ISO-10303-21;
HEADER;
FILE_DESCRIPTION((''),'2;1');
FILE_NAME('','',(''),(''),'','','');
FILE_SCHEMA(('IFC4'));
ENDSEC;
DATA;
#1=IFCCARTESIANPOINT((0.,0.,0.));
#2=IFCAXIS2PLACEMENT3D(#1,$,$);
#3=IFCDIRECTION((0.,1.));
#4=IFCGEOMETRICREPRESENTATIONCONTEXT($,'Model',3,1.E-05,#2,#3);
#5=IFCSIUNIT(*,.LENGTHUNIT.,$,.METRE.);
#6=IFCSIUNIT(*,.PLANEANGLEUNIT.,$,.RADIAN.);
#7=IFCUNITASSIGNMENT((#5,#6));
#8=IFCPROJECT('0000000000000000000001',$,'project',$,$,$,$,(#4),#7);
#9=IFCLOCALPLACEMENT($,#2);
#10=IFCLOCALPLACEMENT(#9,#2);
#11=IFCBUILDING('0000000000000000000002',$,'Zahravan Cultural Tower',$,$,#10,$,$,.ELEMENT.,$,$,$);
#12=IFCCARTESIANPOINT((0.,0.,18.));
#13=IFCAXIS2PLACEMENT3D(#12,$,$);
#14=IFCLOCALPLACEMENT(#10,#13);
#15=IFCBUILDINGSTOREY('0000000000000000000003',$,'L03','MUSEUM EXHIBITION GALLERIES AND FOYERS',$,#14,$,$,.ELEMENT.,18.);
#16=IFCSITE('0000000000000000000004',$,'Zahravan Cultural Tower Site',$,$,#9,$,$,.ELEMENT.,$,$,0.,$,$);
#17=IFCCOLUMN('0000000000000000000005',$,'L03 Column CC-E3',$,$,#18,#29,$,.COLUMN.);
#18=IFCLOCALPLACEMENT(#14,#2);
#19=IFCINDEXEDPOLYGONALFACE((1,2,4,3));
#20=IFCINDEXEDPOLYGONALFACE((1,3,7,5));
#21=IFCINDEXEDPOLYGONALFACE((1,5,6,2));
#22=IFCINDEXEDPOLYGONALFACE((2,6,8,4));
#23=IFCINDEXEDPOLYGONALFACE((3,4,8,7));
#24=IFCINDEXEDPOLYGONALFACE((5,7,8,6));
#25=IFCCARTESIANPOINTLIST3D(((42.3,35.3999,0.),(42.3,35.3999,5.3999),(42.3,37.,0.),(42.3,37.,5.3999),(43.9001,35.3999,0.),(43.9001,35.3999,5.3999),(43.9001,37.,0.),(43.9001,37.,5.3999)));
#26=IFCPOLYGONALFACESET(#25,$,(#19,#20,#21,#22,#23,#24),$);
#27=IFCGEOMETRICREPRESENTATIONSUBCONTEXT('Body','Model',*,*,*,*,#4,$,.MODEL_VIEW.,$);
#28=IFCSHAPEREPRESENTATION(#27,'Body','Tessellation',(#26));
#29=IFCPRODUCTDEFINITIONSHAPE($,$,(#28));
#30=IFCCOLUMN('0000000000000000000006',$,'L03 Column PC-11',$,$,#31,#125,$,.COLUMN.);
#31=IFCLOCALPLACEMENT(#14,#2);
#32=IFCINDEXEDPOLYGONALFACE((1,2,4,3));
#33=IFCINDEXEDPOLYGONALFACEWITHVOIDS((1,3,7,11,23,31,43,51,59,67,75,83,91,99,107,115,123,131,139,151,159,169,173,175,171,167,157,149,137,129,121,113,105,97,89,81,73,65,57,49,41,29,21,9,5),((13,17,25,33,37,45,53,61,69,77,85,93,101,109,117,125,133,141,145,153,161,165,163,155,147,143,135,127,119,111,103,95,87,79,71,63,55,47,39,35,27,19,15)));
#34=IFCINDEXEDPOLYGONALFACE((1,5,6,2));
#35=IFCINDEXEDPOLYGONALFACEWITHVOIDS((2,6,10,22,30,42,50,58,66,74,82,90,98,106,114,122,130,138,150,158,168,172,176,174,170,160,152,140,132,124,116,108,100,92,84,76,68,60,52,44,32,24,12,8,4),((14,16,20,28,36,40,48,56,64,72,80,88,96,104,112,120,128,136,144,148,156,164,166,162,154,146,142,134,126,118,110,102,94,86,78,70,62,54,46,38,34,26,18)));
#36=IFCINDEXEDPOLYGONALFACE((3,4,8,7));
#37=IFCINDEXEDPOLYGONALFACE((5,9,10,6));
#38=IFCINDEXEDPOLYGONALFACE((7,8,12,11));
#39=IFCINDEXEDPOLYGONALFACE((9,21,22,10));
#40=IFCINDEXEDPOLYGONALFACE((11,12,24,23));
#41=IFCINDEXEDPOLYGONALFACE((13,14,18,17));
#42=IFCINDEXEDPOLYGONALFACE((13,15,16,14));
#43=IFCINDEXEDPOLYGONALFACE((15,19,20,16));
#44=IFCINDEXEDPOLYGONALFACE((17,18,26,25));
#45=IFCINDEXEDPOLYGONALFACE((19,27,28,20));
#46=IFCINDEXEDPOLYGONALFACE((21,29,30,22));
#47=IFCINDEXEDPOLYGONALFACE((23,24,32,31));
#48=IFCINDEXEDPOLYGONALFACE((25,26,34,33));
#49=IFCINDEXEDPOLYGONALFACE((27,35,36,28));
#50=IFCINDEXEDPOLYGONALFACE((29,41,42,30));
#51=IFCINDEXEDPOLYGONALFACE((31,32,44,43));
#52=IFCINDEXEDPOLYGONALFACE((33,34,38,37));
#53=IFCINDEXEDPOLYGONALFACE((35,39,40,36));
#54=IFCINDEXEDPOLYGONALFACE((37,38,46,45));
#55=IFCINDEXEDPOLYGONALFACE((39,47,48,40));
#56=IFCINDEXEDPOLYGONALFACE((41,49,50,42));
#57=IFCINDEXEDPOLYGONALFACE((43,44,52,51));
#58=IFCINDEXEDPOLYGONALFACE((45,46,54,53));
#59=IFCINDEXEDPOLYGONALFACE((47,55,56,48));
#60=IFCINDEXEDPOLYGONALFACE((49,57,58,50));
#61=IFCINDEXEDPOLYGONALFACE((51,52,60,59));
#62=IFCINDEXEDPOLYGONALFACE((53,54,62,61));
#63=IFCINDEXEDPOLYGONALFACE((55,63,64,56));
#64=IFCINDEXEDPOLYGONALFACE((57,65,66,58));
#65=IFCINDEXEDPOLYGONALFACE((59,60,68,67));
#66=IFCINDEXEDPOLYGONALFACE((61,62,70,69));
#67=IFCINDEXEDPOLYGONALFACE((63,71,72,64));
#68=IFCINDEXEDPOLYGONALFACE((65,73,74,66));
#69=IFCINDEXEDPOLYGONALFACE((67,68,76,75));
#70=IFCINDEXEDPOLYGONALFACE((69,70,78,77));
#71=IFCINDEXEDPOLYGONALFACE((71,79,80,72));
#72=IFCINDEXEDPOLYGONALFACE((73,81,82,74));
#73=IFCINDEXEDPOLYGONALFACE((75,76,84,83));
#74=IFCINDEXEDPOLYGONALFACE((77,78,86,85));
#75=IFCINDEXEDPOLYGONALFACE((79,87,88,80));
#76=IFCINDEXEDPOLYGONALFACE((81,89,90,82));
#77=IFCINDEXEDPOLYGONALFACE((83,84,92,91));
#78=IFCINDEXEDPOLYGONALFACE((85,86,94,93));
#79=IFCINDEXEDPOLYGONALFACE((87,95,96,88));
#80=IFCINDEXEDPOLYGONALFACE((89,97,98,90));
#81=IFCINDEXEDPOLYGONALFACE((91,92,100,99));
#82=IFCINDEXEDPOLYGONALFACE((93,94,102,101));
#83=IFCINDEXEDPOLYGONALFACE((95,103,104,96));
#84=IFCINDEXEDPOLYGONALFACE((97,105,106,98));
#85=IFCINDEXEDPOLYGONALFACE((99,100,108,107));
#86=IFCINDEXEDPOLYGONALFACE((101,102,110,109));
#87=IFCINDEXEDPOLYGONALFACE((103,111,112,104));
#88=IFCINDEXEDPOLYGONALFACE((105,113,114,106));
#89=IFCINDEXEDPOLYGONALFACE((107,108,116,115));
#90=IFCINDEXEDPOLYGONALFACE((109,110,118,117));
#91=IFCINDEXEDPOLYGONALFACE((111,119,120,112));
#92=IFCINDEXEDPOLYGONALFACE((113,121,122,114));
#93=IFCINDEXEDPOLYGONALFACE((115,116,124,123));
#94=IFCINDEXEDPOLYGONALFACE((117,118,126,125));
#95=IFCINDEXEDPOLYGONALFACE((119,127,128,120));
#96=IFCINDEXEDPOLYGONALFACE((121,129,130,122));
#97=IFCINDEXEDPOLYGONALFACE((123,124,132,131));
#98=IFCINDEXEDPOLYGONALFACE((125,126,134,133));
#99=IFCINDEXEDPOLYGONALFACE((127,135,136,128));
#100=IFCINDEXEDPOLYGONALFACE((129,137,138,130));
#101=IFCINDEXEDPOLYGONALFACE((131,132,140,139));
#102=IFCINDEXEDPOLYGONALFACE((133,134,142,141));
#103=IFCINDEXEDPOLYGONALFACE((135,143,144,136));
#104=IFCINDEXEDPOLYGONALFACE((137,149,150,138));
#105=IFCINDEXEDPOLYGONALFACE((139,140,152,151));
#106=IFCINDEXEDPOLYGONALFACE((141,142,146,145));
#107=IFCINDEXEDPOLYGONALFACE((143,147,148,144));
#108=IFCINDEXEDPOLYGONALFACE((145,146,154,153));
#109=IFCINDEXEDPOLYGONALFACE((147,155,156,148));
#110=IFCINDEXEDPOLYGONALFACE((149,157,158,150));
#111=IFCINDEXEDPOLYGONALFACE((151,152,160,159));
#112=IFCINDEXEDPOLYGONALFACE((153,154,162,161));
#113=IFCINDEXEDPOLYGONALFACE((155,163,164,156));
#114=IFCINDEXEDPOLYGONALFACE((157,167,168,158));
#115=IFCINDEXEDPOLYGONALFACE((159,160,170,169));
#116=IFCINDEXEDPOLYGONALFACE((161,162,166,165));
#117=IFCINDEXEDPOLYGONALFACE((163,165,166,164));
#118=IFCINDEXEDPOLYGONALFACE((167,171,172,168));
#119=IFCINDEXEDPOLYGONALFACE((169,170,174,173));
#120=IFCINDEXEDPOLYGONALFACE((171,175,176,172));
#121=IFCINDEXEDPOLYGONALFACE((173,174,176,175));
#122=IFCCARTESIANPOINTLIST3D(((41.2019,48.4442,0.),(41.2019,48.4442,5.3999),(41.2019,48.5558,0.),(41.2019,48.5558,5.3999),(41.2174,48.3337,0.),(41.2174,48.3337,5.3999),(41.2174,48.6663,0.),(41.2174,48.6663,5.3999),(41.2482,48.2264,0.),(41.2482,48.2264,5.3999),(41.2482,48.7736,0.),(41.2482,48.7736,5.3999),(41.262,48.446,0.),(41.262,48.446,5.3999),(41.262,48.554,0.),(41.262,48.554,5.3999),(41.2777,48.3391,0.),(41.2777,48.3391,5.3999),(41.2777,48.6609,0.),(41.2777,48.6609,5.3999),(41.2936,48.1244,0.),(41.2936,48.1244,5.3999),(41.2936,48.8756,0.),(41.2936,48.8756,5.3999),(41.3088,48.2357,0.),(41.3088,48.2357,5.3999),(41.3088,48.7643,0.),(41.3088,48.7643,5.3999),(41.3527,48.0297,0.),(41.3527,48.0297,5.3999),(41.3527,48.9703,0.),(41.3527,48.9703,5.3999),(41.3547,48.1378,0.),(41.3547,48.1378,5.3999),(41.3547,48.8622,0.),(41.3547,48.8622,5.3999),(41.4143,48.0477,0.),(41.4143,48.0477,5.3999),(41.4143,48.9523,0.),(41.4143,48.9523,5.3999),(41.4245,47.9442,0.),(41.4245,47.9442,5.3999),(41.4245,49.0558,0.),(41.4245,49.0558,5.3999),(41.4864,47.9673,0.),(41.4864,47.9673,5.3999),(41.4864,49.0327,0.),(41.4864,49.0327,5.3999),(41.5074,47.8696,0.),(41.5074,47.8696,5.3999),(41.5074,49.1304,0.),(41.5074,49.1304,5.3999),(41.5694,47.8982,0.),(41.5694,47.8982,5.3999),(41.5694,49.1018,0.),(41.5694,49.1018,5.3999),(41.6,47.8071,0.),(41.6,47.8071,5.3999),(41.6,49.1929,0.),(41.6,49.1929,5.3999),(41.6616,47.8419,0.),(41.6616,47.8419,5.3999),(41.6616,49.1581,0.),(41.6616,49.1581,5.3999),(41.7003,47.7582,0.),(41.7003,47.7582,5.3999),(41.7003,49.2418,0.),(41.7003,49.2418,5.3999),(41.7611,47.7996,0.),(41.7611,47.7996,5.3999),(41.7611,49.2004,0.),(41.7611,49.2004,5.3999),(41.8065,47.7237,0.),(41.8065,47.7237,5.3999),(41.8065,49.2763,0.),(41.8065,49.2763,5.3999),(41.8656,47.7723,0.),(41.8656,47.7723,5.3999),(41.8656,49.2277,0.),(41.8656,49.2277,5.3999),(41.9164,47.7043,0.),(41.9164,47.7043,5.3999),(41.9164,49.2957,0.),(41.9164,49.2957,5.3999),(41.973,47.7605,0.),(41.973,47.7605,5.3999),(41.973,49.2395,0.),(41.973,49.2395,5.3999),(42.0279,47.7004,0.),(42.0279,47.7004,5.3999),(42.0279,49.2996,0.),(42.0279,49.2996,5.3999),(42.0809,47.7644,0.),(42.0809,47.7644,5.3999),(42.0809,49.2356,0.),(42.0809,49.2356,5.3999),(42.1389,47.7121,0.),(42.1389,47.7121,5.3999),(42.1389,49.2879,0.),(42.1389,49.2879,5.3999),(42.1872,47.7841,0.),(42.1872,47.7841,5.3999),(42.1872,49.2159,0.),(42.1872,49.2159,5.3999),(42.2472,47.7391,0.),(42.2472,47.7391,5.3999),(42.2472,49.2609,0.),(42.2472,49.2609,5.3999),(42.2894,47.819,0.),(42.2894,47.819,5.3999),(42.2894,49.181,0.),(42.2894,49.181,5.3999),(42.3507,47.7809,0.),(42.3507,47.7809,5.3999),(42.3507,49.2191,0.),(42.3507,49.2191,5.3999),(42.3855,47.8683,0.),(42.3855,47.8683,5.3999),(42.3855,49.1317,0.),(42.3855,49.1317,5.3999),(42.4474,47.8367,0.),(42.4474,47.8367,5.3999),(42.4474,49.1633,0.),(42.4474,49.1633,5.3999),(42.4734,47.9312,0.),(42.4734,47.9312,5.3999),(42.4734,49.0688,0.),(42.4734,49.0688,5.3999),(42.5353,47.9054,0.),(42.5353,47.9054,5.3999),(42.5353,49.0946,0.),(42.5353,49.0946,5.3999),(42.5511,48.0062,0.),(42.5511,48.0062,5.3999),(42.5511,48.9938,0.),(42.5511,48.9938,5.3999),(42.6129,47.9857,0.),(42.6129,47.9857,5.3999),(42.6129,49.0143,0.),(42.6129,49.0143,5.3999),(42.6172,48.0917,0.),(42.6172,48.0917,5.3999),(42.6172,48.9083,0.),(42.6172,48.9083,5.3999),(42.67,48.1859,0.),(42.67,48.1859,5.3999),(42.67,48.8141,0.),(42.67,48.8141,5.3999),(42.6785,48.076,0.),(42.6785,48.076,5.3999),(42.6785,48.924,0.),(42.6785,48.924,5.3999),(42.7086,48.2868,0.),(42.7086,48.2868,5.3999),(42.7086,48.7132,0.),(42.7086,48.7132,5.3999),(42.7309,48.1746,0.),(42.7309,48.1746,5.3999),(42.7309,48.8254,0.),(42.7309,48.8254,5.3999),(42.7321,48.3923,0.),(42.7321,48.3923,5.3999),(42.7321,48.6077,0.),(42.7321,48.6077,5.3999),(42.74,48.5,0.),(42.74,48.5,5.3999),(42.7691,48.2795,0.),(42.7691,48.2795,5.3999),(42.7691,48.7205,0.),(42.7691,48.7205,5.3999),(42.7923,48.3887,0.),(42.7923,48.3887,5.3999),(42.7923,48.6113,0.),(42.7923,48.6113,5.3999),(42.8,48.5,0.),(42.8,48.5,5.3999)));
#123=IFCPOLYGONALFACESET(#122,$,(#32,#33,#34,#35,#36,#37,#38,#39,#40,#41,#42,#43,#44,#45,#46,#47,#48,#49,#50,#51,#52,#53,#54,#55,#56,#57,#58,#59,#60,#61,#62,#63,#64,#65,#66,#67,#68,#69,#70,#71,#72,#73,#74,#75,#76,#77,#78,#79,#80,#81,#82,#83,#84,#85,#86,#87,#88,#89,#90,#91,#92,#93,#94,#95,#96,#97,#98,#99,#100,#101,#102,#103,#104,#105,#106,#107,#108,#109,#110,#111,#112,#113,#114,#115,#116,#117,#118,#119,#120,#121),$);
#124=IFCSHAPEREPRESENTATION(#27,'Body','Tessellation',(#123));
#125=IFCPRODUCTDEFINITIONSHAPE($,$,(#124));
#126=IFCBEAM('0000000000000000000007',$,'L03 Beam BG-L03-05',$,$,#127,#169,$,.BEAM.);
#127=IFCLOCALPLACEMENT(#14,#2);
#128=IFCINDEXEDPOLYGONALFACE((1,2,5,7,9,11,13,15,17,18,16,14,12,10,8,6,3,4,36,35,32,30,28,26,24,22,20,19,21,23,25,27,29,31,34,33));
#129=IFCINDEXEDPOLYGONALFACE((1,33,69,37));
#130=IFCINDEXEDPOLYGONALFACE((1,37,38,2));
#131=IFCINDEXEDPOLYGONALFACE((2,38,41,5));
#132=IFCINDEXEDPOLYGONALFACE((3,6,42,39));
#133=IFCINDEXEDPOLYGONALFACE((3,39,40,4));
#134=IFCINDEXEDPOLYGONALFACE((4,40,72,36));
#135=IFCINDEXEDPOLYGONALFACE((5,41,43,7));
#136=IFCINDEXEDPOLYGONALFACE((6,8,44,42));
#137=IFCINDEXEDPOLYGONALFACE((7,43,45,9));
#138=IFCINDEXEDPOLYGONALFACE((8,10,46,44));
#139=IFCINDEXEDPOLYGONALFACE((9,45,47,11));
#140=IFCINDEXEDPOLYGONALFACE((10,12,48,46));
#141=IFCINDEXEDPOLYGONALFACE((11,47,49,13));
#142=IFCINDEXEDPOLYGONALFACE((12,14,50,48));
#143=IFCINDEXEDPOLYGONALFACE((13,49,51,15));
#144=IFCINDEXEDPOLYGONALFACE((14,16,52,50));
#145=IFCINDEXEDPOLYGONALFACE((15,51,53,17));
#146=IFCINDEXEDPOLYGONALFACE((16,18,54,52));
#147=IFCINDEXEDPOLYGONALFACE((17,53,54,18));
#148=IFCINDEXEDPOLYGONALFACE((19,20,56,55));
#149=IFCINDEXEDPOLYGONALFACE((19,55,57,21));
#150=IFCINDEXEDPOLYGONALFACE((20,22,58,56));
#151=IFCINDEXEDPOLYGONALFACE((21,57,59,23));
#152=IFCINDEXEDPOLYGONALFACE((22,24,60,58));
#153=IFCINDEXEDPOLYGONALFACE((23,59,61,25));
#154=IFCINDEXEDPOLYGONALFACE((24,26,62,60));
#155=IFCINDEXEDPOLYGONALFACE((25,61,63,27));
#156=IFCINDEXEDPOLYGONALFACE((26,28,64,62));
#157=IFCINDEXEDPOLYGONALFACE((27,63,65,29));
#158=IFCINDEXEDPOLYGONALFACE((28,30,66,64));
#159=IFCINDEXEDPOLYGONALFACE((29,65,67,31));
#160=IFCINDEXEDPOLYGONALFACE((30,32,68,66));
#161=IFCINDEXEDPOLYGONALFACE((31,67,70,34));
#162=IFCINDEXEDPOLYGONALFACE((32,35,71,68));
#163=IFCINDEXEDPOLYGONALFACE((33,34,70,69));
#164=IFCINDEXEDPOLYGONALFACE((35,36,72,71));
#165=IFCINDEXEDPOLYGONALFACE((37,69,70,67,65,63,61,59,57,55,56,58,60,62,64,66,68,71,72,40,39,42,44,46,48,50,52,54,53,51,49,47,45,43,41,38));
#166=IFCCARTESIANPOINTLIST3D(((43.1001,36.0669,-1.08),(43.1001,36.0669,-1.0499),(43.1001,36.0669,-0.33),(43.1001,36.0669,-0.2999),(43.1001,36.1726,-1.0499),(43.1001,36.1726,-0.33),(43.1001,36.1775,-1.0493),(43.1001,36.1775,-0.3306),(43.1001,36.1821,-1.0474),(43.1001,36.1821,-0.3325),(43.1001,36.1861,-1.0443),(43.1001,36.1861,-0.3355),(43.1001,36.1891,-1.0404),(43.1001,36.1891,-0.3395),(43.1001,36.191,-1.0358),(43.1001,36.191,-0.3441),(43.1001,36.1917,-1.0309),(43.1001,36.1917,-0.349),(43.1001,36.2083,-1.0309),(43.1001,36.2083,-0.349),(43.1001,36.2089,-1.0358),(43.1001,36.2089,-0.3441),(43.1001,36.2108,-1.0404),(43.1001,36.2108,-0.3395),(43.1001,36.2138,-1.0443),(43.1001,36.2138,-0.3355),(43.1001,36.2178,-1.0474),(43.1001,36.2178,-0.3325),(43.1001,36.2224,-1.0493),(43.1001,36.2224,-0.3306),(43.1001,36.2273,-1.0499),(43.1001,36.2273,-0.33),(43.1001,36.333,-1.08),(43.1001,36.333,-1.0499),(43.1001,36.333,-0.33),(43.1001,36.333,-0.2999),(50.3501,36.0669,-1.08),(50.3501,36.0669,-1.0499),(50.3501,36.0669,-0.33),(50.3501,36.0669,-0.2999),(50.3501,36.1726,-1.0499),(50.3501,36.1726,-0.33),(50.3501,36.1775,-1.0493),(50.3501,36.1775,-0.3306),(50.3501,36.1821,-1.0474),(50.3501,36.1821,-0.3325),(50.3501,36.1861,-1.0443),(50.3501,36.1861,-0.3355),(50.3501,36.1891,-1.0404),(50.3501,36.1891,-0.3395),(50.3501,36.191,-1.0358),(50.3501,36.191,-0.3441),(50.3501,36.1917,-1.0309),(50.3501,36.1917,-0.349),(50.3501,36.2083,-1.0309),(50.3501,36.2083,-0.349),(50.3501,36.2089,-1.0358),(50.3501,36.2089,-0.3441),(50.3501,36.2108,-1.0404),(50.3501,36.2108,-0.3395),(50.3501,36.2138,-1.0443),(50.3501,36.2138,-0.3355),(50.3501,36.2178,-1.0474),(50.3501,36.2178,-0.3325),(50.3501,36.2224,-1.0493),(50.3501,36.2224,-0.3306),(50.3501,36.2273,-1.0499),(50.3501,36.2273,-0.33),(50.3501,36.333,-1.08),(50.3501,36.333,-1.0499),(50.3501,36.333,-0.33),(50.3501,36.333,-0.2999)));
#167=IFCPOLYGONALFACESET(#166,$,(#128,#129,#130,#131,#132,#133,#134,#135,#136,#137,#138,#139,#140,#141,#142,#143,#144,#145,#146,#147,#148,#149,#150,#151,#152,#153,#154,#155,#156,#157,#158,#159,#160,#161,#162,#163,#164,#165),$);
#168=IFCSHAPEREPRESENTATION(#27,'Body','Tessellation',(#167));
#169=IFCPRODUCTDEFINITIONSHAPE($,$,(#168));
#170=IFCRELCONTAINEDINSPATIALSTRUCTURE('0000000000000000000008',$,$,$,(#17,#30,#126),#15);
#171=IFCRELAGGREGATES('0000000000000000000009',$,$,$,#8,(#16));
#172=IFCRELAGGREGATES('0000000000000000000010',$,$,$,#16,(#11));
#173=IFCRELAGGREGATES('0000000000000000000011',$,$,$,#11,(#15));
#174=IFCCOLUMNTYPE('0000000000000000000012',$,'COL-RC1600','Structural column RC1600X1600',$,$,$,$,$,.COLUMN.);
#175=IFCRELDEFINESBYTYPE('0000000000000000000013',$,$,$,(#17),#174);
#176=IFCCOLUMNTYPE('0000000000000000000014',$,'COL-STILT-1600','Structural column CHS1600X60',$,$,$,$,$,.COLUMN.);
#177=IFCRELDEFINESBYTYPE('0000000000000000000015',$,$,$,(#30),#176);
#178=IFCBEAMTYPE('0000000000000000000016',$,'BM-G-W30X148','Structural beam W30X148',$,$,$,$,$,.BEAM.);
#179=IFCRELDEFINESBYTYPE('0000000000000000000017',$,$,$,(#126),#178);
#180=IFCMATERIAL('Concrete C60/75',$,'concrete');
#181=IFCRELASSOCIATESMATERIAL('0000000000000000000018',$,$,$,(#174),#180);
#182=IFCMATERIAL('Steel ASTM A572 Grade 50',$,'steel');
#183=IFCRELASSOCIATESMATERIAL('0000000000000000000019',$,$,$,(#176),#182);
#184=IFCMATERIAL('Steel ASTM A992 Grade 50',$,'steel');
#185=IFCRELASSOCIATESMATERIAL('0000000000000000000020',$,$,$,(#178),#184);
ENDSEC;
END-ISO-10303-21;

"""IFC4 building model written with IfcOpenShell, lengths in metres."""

from ifc_helpers import new_model, si_unit, direction, frame, origin, origin_2d, place, context, subcontext, project, spatial, rectangle, hollow_circle, i_section, extrude, source, transform, mapped, material, material_profile, profile_set, type_object, element, save


model = new_model("IFC4")

# Units and contexts
model_context = context("Model", 3, precision=1e-05, world=origin(), true_north=direction((0.0, 1.0)))
body_context = subcontext(model_context, "Body", "Model", "MODEL_VIEW")
ifc_project = project(units=[si_unit("LENGTHUNIT", "METRE"), si_unit("PLANEANGLEUNIT", "RADIAN")], contexts=[model_context])

# Site, building, storey
site_placement = place(None, origin())
site = spatial("IfcSite", under=ifc_project, at=site_placement, Name="Zahravan Cultural Tower Site", CompositionType="ELEMENT", RefElevation=0.0)
building_placement = place(site_placement, origin())
building = spatial("IfcBuilding", under=site, at=building_placement, Name="Zahravan Cultural Tower", CompositionType="ELEMENT")
storey_placement = place(building_placement, frame((0.0, 0.0, 18.0)))
storey = spatial("IfcBuildingStorey", under=building, at=storey_placement, Name="L03", Description="MUSEUM EXHIBITION GALLERIES AND FOYERS", CompositionType="ELEMENT", Elevation=18.0)

# Columns
ifc_material_1 = material(Name="Concrete C60/75", Category="concrete")
ifc_material_profile_1 = material_profile(ifc_material_1, rectangle(XDim=1.6001, YDim=1.6001, at=origin_2d()), Name="RC1600X1600")
ifc_profile_set_1 = profile_set([ifc_material_profile_1], Name="Concrete C60/75")
column_type_1 = type_object("IfcColumnType", Name="COL-RC1600", Description="Structural column RC1600X1600", PredefinedType="COLUMN", material=ifc_profile_set_1)
shared_shape_1 = source(origin(), body_context, "Body", "SweptSolid", [
    extrude(rectangle(XDim=1.6001, YDim=1.6001, at=origin_2d()), origin(), (0.0, 0.0, 1.0), 5.3999),
])
column_1_placement = place(storey_placement, frame((43.1001, 36.2, 0.0), z_axis=(0.0, 0.0, 1.0), x_axis=(1.0, 0.0, 0.0)))
element("IfcColumn", 1, at=column_1_placement, inside=storey, type_object=column_type_1, Name="L03 Column CC-E3", PredefinedType="COLUMN", context=body_context, shape_type="MappedRepresentation", body=[
    mapped(shared_shape_1, transform((0.0, 0.0, 0.0), x_axis=(1.0, 0.0, 0.0), y_axis=(0.0, 1.0, 0.0), z_axis=(0.0, 0.0, 1.0), scale=1.0)),
])
ifc_material_2 = material(Name="Steel ASTM A572 Grade 50", Category="steel")
ifc_material_profile_2 = material_profile(ifc_material_2, hollow_circle(Radius=0.8, WallThickness=0.0601, at=origin_2d()), Name="CHS1600X60")
ifc_profile_set_2 = profile_set([ifc_material_profile_2], Name="Steel ASTM A572 Grade 50")
column_type_2 = type_object("IfcColumnType", Name="COL-STILT-1600", Description="Structural column CHS1600X60", PredefinedType="COLUMN", material=ifc_profile_set_2)
shared_shape_2 = source(origin(), body_context, "Body", "SweptSolid", [
    extrude(hollow_circle(Radius=0.8, WallThickness=0.0601, at=origin_2d()), origin(), (0.0, 0.0, 1.0), 5.3999),
])
column_2_placement = place(storey_placement, frame((42.0, 48.5, 0.0), z_axis=(0.0, 0.0, 1.0), x_axis=(1.0, 0.0, 0.0)))
element("IfcColumn", 2, at=column_2_placement, inside=storey, type_object=column_type_2, Name="L03 Column PC-11", PredefinedType="COLUMN", context=body_context, shape_type="MappedRepresentation", body=[
    mapped(shared_shape_2, transform((0.0, 0.0, 0.0), x_axis=(1.0, 0.0, 0.0), y_axis=(0.0, 1.0, 0.0), z_axis=(0.0, 0.0, 1.0), scale=1.0)),
])

# Beam
ifc_material_3 = material(Name="Steel ASTM A992 Grade 50", Category="steel")
ifc_material_profile_3 = material_profile(ifc_material_3, i_section(OverallWidth=0.2661, OverallDepth=0.78, WebThickness=0.0166, FlangeThickness=0.03, FilletRadius=0.019, at=origin_2d()), Name="W30X148")
ifc_profile_set_3 = profile_set([ifc_material_profile_3], Name="Steel ASTM A992 Grade 50")
beam_type_1 = type_object("IfcBeamType", Name="BM-G-W30X148", Description="Structural beam W30X148", PredefinedType="BEAM", material=ifc_profile_set_3)
shared_shape_3 = source(origin(), body_context, "Body", "SweptSolid", [
    extrude(i_section(OverallWidth=0.2661, OverallDepth=0.78, WebThickness=0.0166, FlangeThickness=0.03, FilletRadius=0.019, at=origin_2d()), origin(), (0.0, 0.0, 1.0), 7.25),
])
beam_1_placement = place(storey_placement, frame((43.1001, 36.2, -0.6899), z_axis=(1.0, 0.0, 0.0), x_axis=(0.0, 1.0, 0.0)))
element("IfcBeam", 3, at=beam_1_placement, inside=storey, type_object=beam_type_1, Name="L03 Beam BG-L03-05", PredefinedType="BEAM", context=body_context, shape_type="MappedRepresentation", body=[
    mapped(shared_shape_3, transform((0.0, 0.0, 0.0), x_axis=(1.0, 0.0, 0.0), y_axis=(0.0, 1.0, 0.0), z_axis=(0.0, 0.0, 1.0), scale=1.0)),
])

save(model, "model.ifc")
